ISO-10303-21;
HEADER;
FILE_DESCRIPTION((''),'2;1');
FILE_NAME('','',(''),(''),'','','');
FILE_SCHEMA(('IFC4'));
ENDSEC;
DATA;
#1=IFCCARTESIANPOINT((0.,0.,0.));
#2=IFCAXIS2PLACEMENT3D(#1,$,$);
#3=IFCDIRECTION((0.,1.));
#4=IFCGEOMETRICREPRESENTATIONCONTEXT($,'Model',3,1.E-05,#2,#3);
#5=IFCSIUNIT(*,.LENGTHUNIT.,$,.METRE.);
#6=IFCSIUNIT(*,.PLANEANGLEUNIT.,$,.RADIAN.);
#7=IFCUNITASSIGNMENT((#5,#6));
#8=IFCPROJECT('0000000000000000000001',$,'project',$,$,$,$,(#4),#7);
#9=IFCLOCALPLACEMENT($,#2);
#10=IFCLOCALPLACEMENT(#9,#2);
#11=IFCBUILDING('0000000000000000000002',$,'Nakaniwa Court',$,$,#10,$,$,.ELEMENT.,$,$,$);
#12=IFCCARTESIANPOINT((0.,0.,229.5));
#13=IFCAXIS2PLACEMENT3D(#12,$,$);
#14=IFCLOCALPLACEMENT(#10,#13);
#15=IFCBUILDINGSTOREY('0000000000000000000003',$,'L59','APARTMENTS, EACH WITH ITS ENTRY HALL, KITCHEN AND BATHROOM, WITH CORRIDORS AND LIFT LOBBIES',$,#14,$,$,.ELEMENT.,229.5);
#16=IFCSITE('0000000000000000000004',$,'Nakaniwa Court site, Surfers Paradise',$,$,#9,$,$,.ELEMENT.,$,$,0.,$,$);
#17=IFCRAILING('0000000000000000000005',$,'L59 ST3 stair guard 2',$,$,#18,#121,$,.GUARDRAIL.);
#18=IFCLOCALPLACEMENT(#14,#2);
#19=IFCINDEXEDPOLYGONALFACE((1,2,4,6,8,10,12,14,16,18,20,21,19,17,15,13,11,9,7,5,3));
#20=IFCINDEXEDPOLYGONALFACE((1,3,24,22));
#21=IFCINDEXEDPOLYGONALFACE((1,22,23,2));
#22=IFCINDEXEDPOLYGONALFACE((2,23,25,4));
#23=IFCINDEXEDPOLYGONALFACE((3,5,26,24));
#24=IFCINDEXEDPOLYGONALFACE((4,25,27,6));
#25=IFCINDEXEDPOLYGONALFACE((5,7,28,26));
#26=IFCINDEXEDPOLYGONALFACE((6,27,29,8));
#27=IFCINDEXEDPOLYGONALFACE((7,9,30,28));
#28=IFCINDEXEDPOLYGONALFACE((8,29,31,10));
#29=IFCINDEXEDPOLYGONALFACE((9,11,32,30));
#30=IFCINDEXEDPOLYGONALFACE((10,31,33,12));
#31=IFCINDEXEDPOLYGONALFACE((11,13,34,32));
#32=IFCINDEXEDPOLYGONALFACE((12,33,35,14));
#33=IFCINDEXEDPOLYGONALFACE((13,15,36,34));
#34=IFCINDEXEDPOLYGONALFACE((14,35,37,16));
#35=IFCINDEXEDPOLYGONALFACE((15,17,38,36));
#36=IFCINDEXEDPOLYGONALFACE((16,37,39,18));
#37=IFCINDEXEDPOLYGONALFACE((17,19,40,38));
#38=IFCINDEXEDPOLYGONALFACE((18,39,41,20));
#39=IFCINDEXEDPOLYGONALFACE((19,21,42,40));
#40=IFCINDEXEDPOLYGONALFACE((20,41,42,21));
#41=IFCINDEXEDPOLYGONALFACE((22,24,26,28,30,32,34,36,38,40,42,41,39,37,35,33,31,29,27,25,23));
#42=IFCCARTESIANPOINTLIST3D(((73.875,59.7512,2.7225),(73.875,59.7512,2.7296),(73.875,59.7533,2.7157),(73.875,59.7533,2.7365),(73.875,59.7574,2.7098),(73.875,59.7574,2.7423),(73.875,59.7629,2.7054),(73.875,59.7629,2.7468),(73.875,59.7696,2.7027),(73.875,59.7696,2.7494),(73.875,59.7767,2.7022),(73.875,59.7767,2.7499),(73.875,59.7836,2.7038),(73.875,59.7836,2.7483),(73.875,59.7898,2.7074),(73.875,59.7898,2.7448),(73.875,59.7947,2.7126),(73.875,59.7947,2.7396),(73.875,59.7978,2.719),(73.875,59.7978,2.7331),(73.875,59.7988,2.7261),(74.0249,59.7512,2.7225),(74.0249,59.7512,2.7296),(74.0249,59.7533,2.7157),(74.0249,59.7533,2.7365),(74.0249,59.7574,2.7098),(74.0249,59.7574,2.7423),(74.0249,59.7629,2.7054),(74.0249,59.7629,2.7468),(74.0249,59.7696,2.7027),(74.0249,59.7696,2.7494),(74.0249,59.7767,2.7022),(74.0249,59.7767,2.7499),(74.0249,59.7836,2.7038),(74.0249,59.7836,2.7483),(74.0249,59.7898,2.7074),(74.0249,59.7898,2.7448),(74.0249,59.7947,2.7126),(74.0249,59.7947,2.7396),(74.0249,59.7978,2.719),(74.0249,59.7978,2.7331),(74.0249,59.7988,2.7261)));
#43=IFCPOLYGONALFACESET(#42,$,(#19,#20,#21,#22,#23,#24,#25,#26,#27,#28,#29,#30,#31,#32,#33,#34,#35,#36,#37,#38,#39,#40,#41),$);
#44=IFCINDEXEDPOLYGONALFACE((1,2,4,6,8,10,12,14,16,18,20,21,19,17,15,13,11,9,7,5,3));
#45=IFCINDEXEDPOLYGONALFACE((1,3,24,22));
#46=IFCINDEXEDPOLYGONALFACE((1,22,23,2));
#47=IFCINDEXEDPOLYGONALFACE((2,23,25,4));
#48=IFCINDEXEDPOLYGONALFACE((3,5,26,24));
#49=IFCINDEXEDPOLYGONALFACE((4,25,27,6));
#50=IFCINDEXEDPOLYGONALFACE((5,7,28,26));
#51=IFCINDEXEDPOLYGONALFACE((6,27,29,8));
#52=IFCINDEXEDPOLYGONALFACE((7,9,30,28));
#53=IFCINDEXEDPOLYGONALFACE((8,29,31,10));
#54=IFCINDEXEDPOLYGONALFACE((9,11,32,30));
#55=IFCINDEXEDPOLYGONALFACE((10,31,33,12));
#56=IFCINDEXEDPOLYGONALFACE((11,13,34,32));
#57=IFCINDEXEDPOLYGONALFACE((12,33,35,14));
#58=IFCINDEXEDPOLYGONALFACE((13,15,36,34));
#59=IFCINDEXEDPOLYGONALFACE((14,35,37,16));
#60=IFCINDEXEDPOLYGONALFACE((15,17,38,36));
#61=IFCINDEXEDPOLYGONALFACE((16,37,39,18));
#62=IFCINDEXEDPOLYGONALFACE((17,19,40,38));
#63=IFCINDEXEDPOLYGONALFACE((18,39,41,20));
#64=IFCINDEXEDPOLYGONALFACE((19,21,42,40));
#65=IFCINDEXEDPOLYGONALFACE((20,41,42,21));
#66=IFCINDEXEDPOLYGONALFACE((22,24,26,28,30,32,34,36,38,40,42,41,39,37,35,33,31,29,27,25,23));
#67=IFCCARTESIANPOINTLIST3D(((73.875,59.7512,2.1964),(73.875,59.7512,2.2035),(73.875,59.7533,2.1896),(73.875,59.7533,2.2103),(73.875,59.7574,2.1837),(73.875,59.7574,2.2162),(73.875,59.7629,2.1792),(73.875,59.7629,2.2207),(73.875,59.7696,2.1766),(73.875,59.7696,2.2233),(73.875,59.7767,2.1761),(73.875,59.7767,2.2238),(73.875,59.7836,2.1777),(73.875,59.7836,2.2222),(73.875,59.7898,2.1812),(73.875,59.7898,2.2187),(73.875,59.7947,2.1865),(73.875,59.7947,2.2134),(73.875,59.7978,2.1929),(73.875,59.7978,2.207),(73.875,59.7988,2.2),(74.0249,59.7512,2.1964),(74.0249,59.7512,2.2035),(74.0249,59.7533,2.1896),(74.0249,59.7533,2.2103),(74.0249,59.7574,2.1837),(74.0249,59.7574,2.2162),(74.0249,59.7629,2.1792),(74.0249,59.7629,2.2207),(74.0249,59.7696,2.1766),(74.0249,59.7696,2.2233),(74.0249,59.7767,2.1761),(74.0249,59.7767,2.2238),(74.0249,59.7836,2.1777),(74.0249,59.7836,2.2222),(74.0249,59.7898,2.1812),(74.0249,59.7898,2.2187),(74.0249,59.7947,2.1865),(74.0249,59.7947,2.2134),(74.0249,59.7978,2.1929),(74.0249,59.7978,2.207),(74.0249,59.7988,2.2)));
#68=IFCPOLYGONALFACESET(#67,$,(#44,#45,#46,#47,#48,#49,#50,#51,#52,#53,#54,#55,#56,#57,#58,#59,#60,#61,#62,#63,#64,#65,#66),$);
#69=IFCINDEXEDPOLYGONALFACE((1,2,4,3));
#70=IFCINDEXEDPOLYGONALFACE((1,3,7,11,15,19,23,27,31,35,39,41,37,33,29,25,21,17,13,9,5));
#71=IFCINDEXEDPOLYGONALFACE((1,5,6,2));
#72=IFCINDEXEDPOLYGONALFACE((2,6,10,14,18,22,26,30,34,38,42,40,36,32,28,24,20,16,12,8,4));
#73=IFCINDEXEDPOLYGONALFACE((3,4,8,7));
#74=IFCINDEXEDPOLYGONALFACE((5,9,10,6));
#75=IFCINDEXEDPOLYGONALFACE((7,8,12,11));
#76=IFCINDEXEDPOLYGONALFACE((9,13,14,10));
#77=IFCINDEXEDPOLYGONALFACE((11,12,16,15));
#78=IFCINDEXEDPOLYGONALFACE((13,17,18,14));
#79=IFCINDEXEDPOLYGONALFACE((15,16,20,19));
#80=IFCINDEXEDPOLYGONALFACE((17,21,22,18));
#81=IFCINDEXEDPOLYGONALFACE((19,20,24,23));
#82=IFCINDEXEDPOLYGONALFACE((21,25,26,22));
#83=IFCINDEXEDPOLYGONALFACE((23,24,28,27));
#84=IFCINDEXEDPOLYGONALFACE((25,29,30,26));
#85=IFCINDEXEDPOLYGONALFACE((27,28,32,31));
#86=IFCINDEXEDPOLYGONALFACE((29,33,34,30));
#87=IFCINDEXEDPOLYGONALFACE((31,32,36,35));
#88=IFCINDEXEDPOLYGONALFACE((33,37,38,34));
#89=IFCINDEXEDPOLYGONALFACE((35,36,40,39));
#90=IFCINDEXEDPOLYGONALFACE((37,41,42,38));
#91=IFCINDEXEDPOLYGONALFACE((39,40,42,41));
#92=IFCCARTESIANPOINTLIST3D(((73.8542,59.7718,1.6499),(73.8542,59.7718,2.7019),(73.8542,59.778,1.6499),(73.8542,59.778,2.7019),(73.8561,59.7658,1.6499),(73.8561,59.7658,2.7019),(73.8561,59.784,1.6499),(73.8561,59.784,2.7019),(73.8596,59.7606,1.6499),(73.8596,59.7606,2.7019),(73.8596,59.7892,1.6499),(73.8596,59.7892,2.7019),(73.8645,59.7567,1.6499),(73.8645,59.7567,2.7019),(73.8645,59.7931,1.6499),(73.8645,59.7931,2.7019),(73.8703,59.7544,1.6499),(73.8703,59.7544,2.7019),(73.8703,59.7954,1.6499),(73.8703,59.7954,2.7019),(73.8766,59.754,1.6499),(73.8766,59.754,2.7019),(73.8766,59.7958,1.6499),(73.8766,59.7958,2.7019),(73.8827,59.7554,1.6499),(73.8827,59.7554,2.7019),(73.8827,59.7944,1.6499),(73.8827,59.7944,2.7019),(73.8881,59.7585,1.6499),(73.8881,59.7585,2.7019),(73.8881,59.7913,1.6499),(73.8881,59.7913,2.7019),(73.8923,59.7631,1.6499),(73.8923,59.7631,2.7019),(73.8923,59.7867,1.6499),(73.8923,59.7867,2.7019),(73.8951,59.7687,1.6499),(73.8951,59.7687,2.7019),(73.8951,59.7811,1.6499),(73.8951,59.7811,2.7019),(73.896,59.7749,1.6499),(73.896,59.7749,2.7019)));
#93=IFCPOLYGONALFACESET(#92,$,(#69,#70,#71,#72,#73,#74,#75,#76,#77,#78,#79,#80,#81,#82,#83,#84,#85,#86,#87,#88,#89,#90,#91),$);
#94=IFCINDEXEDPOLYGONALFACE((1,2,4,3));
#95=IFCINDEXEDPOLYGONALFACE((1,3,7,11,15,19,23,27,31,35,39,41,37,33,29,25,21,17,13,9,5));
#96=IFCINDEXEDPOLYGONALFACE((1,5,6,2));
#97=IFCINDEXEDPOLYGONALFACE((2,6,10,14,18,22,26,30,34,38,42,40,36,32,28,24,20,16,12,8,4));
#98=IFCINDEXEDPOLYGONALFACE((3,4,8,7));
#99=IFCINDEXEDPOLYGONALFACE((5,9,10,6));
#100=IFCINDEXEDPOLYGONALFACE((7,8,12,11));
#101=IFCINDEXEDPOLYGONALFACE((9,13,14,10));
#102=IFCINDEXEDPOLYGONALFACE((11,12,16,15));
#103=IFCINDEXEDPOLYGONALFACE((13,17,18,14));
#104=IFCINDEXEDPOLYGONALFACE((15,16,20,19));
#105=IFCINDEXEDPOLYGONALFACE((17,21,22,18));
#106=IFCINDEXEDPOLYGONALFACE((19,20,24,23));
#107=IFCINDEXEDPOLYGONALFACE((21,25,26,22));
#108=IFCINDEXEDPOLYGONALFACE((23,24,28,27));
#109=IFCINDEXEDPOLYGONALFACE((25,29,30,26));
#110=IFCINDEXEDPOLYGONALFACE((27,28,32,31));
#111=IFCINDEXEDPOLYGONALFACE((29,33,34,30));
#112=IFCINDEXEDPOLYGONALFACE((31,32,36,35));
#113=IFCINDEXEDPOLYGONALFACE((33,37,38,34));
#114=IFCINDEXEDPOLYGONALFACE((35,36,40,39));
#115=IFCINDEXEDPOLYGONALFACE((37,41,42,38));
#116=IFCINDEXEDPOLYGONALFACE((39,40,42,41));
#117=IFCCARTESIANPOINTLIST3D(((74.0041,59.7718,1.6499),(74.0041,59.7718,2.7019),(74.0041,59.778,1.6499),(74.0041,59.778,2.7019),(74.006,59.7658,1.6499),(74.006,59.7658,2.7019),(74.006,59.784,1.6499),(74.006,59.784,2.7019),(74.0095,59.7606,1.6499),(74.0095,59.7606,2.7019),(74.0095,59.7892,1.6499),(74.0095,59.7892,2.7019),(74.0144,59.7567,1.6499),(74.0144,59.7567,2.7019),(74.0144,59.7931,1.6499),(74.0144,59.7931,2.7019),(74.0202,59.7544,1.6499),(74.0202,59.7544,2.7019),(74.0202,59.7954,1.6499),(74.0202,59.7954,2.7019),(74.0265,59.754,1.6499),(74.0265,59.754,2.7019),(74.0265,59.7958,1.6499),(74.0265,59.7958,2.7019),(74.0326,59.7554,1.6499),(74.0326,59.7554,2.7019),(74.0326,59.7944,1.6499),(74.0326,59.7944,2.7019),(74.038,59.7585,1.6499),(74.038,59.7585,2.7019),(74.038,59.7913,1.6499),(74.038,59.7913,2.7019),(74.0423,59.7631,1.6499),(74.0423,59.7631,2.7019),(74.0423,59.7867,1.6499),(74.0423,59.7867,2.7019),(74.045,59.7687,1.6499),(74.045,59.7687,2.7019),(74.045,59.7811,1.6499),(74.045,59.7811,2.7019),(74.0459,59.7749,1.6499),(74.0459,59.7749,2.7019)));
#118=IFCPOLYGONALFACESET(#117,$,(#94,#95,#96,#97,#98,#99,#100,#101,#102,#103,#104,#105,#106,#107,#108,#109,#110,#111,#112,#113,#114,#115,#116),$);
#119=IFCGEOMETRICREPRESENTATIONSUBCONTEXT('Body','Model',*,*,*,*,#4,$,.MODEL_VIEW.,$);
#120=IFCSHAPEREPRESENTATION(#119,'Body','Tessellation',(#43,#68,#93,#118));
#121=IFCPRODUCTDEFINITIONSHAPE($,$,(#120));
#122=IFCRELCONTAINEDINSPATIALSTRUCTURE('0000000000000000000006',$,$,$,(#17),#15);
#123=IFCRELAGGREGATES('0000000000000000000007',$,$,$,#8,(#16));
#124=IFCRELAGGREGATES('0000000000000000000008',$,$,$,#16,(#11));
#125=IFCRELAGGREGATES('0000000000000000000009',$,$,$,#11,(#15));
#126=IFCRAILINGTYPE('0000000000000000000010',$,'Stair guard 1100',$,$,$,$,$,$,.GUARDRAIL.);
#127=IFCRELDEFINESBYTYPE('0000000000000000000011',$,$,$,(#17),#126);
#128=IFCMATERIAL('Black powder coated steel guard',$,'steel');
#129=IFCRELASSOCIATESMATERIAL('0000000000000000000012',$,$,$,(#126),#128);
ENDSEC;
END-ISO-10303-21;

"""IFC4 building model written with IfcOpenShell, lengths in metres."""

from ifc_helpers import new_model, si_unit, direction, frame, origin, origin_2d, place, context, subcontext, project, spatial, circle, extrude, material, type_object, element, save


model = new_model("IFC4")

# Units and contexts
model_context = context("Model", 3, precision=1e-05, world=origin(), true_north=direction((0.0, 1.0)))
body_context = subcontext(model_context, "Body", "Model", "MODEL_VIEW")
ifc_project = project(units=[si_unit("LENGTHUNIT", "METRE"), si_unit("PLANEANGLEUNIT", "RADIAN")], contexts=[model_context])

# Site, building, storey
site_placement = place(None, origin())
site = spatial("IfcSite", under=ifc_project, at=site_placement, Name="Nakaniwa Court site, Surfers Paradise", CompositionType="ELEMENT", RefElevation=0.0)
building_placement = place(site_placement, origin())
building = spatial("IfcBuilding", under=site, at=building_placement, Name="Nakaniwa Court", CompositionType="ELEMENT")
storey_placement = place(building_placement, frame((0.0, 0.0, 229.5)))
storey = spatial("IfcBuildingStorey", under=building, at=storey_placement, Name="L59", Description="APARTMENTS, EACH WITH ITS ENTRY HALL, KITCHEN AND BATHROOM, WITH CORRIDORS AND LIFT LOBBIES", CompositionType="ELEMENT", Elevation=229.5)

# Railing
ifc_material_1 = material(Name="Black powder coated steel guard", Category="steel")
railing_type_1 = type_object("IfcRailingType", Name="Stair guard 1100", PredefinedType="GUARDRAIL", material=ifc_material_1)
railing_1_placement = place(storey_placement, frame((73.875, 59.7749, 1.6499)))
element("IfcRailing", 1, at=railing_1_placement, inside=storey, type_object=railing_type_1, Name="L59 ST3 stair guard 2", PredefinedType="GUARDRAIL", context=body_context, shape_type="SweptSolid", body=[
    extrude(circle(Radius=0.0239, at=origin_2d()), frame((0.0, 0.0, 1.0762), z_axis=(1.0, 0.0, 0.0), x_axis=(0.0, 1.0, 0.0)), (0.0, 0.0, 1.0), 0.1499),
    extrude(circle(Radius=0.0239, at=origin_2d()), frame((0.0, 0.0, 0.55), z_axis=(1.0, 0.0, 0.0), x_axis=(0.0, 1.0, 0.0)), (0.0, 0.0, 1.0), 0.1499),
    extrude(circle(Radius=0.021, at=origin_2d()), origin(), (0.0, 0.0, 1.0), 1.052),
    extrude(circle(Radius=0.021, at=origin_2d()), frame((0.1499, 0.0, 0.0)), (0.0, 0.0, 1.0), 1.052),
])

save(model, "model.ifc")
